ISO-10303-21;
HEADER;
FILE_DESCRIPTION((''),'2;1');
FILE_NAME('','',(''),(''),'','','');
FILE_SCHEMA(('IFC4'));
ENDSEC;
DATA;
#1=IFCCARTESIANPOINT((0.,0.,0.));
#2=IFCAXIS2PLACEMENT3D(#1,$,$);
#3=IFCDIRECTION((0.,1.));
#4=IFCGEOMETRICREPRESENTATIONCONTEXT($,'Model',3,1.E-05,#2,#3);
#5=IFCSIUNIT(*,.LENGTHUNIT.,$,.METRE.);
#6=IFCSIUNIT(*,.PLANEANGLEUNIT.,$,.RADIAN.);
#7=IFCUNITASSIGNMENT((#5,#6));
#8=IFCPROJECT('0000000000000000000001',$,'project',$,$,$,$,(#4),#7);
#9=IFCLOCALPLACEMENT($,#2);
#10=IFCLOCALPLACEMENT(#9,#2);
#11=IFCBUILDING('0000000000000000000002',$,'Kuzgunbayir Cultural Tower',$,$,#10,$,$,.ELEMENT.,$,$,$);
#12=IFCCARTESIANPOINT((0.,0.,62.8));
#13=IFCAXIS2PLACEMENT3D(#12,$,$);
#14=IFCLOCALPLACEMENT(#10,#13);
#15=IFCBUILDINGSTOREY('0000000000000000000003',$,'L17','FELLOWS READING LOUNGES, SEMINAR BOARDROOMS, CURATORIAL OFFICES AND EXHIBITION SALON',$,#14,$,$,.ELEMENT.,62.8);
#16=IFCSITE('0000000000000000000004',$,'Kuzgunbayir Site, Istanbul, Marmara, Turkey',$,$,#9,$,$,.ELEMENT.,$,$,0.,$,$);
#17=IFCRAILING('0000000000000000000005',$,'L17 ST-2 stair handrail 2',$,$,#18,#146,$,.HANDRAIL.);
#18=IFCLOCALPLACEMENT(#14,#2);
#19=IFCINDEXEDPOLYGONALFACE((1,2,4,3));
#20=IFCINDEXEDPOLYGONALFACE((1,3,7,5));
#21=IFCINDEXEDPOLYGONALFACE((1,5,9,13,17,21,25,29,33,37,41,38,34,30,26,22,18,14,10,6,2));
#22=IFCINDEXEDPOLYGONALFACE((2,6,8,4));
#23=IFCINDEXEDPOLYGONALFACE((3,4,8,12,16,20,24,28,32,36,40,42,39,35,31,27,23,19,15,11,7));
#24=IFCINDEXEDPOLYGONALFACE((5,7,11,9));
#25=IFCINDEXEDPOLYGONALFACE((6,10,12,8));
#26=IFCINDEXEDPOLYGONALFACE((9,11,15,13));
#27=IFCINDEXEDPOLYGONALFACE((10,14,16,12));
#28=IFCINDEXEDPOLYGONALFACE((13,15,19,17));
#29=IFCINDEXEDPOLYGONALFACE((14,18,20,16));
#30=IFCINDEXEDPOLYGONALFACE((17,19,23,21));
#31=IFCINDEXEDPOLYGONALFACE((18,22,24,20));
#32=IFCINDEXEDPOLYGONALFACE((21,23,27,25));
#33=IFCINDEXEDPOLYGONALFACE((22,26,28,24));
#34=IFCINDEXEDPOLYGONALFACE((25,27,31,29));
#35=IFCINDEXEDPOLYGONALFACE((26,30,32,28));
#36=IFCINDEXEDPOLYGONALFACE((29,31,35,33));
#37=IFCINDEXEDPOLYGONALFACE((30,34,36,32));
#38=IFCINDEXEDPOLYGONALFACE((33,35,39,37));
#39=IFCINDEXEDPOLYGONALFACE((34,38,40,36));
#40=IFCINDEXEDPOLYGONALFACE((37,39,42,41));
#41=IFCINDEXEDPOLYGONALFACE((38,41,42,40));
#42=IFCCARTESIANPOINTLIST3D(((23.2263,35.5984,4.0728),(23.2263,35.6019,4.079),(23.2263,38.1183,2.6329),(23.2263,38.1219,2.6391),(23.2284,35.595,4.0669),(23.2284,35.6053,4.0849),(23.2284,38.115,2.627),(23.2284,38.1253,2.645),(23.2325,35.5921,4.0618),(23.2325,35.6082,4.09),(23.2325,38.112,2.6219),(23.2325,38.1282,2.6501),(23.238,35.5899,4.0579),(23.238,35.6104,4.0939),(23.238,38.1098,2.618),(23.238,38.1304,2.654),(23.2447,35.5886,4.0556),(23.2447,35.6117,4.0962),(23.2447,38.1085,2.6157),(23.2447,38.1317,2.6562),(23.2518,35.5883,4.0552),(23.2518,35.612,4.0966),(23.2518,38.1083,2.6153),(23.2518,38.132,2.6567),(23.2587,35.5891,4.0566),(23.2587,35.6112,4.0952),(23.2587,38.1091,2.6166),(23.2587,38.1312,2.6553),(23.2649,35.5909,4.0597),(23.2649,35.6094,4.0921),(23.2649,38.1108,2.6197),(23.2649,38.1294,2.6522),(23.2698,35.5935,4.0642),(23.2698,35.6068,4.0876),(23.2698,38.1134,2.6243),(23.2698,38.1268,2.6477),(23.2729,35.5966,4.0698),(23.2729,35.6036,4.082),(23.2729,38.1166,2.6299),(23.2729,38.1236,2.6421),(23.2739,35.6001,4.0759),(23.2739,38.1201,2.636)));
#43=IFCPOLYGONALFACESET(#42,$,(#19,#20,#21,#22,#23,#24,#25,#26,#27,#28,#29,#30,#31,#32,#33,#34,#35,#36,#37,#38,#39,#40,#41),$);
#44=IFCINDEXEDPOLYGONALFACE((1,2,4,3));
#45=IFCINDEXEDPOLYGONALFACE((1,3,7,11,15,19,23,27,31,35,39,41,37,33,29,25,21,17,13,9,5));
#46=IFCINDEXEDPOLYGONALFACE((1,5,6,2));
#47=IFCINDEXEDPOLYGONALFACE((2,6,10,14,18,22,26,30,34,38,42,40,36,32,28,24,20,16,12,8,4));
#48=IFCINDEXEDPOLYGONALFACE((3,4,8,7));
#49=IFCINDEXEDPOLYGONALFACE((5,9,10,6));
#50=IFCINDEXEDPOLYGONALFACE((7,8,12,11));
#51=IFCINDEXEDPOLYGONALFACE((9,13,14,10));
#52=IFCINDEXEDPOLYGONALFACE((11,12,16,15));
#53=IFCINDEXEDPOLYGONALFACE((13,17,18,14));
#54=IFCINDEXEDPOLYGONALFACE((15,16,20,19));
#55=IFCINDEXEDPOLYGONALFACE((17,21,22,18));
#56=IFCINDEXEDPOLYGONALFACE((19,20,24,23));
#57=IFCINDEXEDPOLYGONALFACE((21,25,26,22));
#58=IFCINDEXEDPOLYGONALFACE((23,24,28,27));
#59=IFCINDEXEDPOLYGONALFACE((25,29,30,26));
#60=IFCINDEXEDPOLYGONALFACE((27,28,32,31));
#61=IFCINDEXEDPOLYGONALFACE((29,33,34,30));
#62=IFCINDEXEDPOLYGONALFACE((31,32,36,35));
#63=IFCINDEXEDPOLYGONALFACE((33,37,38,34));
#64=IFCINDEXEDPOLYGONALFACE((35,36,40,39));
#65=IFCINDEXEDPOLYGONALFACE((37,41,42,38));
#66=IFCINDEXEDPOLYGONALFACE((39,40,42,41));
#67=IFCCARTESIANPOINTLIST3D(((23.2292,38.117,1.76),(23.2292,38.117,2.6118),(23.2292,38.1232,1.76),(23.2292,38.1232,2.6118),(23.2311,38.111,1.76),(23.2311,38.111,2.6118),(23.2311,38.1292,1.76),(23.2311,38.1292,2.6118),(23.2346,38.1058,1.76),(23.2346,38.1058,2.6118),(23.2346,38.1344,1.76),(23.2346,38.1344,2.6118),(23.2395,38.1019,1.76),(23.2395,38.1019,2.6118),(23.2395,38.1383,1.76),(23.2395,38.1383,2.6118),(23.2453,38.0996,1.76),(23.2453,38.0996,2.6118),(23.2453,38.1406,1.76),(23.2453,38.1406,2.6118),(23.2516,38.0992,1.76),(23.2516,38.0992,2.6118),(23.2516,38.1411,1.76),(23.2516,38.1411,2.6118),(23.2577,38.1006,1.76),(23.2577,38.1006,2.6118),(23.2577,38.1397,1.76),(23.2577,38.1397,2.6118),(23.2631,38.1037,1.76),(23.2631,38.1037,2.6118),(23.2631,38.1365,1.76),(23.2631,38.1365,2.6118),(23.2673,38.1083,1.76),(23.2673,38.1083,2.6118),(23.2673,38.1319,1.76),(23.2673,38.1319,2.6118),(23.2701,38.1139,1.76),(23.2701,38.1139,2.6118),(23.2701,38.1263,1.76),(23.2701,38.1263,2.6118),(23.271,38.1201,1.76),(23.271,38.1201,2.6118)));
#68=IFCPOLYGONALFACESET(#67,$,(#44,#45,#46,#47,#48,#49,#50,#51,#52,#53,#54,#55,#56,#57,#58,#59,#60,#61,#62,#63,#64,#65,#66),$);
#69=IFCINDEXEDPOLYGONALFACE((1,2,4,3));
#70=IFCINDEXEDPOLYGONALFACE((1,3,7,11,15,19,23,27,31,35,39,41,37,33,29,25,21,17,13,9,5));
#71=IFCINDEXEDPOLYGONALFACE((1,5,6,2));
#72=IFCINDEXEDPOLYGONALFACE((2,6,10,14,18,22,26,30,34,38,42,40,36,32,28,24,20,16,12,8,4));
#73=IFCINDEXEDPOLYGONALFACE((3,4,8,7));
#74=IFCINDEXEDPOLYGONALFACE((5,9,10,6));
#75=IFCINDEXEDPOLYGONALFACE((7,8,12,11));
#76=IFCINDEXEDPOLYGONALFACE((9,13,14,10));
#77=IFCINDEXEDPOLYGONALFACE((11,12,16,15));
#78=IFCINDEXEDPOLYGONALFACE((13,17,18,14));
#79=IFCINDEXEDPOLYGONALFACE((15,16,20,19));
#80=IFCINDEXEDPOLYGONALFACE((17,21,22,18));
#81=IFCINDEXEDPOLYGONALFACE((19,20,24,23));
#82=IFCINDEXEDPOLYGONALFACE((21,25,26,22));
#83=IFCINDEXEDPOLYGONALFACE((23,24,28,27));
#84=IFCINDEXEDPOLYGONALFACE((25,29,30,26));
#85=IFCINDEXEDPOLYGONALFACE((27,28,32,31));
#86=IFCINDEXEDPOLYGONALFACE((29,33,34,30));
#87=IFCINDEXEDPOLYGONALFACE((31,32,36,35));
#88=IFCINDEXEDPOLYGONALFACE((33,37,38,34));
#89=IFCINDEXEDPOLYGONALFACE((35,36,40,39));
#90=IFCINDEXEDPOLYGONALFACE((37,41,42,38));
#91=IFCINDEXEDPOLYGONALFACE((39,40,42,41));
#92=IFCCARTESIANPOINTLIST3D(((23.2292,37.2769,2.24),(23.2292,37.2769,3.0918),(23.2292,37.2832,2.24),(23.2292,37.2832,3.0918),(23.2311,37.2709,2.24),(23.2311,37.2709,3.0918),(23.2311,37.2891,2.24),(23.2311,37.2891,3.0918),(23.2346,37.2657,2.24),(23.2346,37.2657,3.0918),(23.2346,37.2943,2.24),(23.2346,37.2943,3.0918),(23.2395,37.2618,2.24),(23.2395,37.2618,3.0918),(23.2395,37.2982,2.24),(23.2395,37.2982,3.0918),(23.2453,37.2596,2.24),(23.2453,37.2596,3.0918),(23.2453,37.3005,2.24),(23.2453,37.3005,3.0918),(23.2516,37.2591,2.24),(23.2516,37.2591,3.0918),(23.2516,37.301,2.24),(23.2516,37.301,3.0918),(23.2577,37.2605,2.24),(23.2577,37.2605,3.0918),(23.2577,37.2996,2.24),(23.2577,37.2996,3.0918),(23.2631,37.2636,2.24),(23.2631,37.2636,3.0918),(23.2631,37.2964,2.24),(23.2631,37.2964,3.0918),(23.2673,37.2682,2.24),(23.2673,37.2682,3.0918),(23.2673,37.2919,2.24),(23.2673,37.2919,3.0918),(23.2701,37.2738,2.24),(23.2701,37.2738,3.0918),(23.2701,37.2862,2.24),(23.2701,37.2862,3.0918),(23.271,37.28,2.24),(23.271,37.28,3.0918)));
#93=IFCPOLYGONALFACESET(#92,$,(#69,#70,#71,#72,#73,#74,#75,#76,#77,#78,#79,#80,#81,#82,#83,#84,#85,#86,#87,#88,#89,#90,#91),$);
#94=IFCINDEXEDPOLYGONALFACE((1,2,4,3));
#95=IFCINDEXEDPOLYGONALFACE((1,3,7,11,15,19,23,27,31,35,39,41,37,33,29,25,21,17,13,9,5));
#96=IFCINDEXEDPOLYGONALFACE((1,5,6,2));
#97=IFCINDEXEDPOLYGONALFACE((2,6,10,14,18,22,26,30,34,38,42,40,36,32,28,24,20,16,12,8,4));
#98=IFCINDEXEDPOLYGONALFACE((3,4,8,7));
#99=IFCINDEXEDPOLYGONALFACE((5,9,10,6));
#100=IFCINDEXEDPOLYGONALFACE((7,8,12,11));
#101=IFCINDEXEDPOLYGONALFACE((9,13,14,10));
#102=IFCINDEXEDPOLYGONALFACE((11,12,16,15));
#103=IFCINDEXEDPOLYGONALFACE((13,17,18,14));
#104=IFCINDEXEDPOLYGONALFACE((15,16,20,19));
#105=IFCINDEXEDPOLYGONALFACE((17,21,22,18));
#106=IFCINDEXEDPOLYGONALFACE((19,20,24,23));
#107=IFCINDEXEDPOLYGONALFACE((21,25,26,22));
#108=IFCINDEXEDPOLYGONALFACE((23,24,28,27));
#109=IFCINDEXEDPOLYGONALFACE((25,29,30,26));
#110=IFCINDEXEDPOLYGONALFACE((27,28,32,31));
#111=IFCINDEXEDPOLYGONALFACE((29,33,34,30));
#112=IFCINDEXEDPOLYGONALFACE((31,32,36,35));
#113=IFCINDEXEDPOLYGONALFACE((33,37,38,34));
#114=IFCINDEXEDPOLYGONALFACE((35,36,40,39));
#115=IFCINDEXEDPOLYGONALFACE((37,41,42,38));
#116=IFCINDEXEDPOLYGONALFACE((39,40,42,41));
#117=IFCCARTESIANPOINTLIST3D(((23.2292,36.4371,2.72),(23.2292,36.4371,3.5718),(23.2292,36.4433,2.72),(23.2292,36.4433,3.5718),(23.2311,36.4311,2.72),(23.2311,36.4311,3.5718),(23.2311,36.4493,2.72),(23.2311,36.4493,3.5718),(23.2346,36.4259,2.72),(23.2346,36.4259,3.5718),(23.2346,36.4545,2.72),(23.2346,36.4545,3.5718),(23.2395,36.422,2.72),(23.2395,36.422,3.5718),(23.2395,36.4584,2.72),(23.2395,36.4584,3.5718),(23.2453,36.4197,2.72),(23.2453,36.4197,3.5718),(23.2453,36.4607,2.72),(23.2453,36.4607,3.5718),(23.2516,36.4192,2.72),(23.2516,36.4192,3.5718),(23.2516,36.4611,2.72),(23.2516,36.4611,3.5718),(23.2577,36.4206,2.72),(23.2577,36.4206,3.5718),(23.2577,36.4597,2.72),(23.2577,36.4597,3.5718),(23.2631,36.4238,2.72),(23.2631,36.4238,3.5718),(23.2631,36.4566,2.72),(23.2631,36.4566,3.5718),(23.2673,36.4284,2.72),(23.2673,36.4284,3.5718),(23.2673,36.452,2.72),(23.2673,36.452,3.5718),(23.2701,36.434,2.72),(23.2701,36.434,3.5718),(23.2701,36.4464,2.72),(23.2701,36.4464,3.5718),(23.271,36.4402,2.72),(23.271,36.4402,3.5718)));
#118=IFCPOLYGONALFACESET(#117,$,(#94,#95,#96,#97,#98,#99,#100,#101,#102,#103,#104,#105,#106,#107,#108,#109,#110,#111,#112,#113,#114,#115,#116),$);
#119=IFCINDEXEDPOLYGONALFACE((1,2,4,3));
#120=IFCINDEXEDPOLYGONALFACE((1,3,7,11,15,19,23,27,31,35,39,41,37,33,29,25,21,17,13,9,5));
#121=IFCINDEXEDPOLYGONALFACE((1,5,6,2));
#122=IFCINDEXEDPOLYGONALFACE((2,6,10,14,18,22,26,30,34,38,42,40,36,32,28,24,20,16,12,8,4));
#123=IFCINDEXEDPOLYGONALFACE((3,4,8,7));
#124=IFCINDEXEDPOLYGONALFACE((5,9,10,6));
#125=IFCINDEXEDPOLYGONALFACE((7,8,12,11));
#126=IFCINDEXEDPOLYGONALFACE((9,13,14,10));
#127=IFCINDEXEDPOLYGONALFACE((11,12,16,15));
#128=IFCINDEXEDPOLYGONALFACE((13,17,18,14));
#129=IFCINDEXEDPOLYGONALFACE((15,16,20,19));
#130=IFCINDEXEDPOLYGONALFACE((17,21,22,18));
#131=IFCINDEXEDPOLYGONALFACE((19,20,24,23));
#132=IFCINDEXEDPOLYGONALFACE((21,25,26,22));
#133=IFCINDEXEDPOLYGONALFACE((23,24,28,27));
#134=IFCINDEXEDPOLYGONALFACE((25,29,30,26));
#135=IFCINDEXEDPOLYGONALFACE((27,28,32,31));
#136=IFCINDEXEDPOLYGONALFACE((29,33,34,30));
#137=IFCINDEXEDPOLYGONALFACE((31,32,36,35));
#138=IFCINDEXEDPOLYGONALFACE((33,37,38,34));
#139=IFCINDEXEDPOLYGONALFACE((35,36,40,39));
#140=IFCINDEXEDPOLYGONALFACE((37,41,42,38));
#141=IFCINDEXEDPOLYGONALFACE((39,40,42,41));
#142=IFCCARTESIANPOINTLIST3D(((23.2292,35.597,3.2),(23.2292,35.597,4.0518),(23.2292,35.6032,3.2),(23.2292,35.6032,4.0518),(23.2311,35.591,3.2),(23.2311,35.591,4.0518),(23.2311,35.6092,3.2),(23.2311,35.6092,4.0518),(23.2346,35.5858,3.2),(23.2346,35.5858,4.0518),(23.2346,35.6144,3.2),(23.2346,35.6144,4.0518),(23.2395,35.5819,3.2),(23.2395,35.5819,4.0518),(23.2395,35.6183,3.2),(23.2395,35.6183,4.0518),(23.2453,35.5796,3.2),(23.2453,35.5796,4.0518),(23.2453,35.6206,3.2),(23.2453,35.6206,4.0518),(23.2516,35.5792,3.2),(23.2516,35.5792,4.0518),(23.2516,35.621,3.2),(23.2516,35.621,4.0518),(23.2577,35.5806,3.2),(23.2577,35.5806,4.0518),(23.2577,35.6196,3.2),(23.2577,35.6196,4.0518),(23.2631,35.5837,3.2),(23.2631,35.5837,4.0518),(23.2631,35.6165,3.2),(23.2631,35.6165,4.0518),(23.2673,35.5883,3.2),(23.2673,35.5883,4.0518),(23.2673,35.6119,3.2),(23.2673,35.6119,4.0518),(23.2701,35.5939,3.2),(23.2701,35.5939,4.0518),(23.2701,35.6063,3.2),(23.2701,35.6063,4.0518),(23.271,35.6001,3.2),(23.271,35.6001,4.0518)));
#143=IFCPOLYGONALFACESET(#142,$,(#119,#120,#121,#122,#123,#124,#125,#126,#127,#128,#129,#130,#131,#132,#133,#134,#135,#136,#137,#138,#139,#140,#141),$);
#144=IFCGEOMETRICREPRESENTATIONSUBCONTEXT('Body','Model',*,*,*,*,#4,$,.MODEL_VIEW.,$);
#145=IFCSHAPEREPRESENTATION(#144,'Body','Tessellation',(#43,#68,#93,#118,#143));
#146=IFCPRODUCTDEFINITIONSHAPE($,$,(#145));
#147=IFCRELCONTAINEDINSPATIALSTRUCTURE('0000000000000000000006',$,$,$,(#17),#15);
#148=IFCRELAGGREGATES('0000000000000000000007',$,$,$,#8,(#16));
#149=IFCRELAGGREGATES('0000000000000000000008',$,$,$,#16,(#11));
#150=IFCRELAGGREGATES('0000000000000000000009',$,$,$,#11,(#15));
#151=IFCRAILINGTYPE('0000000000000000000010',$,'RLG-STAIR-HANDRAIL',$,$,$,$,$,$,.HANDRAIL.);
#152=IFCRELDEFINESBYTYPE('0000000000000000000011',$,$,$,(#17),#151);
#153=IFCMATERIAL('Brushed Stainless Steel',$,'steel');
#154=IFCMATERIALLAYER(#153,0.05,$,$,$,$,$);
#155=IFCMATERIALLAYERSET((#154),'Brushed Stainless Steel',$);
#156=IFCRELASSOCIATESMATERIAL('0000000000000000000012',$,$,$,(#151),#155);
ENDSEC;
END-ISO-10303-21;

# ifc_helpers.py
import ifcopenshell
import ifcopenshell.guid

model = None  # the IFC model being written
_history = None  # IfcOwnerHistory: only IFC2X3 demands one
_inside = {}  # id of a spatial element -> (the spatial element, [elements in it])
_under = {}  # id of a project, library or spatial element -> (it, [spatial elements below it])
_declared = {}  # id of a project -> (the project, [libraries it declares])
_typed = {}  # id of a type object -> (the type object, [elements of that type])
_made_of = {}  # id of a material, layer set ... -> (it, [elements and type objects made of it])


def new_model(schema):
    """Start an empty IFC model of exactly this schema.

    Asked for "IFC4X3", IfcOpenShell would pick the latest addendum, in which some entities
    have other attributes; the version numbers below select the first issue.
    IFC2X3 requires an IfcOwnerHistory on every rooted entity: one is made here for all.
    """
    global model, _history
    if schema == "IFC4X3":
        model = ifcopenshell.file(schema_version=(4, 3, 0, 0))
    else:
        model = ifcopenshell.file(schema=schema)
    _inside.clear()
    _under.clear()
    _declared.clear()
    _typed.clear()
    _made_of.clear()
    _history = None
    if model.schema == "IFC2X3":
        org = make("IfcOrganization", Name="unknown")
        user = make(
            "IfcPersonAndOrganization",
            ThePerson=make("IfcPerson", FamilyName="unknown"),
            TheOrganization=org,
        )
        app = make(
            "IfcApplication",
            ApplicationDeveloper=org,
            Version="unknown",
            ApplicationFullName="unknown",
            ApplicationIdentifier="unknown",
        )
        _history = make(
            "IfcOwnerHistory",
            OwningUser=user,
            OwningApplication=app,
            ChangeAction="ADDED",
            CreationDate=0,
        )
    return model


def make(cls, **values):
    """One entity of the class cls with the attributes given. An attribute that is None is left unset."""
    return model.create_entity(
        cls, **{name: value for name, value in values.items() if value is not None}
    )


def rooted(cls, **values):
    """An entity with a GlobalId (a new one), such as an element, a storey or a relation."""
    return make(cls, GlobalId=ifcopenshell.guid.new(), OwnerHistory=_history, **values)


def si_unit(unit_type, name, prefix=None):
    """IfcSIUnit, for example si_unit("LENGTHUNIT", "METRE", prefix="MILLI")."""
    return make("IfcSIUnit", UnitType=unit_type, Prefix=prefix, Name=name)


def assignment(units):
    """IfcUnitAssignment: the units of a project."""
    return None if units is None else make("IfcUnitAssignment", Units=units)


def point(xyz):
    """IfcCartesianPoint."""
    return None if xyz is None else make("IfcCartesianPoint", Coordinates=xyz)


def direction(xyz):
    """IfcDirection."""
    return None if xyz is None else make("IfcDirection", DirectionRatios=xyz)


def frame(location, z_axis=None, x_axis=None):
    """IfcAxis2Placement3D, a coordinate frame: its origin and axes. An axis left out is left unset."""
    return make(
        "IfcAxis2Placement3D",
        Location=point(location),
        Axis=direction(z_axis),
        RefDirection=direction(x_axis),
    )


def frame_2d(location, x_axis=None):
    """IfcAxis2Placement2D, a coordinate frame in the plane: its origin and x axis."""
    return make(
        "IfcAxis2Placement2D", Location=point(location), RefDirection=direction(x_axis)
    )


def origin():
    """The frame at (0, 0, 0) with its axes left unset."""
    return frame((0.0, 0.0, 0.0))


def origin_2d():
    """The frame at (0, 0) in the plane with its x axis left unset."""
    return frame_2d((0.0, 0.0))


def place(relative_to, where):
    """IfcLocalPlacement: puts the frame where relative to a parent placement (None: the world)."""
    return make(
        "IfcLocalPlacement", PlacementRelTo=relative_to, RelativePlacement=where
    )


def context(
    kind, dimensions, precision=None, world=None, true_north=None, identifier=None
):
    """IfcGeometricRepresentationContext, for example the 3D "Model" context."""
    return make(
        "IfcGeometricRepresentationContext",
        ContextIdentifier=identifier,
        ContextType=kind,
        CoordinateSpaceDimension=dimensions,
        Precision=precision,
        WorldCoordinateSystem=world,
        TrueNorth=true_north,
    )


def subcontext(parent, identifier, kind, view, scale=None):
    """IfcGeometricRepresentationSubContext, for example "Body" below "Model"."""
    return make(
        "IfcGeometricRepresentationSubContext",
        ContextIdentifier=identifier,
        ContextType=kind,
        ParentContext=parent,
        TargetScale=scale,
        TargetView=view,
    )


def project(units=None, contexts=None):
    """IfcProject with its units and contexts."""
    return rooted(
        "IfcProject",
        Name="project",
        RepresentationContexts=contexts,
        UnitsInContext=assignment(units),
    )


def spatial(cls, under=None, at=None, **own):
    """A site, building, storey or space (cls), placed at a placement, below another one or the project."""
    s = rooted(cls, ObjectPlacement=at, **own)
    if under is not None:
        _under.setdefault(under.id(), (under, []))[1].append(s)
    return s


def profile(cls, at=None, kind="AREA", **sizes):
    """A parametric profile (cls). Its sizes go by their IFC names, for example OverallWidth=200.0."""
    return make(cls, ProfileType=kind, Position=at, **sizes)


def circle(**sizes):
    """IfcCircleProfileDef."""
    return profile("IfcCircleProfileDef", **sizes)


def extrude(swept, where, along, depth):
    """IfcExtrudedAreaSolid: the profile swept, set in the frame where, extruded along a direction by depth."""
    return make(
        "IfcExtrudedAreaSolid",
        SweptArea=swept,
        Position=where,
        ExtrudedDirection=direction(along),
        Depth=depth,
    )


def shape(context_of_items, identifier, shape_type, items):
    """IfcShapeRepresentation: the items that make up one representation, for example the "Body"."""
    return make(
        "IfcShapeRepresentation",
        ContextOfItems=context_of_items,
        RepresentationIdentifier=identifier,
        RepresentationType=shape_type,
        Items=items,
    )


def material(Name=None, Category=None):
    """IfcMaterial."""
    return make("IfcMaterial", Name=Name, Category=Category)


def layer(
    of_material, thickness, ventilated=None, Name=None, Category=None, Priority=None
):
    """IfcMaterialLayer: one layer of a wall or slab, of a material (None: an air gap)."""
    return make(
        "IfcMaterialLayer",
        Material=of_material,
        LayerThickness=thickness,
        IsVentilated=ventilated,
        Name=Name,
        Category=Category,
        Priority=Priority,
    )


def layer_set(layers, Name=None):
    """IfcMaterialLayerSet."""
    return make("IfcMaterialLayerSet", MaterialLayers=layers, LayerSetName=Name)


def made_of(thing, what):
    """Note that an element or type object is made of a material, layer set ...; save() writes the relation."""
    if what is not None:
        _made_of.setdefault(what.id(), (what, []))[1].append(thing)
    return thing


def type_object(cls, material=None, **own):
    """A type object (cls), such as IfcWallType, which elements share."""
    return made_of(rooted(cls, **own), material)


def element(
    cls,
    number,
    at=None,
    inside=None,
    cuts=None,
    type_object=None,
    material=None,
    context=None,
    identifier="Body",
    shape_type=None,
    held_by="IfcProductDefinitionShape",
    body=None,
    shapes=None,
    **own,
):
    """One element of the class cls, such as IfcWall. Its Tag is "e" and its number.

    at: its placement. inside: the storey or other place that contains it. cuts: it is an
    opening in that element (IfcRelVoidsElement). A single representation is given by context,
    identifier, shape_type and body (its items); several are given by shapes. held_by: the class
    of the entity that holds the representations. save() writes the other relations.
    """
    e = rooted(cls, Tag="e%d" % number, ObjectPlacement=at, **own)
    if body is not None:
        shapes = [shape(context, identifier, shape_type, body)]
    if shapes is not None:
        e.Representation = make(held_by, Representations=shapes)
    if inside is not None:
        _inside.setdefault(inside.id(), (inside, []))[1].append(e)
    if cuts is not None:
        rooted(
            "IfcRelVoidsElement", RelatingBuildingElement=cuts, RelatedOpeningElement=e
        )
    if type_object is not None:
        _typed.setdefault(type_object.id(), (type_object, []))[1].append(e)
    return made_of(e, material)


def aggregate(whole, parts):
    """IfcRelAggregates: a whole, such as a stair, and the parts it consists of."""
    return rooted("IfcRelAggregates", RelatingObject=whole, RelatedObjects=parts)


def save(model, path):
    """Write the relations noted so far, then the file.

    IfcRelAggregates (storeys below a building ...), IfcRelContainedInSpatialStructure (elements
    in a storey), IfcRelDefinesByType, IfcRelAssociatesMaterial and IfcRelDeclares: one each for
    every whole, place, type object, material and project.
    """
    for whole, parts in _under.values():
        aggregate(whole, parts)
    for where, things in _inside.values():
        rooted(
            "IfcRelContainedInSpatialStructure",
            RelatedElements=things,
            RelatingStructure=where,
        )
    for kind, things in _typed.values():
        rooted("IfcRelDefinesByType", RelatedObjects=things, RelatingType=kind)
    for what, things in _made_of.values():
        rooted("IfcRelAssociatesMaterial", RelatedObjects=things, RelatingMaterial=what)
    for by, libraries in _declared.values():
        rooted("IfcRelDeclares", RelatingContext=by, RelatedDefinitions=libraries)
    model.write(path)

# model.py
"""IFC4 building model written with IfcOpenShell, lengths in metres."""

from ifc_helpers import new_model, si_unit, direction, frame, origin, origin_2d, place, context, subcontext, project, spatial, circle, extrude, material, layer, layer_set, type_object, element, save


model = new_model("IFC4")

# Units and contexts
model_context = context("Model", 3, precision=1e-05, world=origin(), true_north=direction((0.0, 1.0)))
body_context = subcontext(model_context, "Body", "Model", "MODEL_VIEW")
ifc_project = project(units=[si_unit("LENGTHUNIT", "METRE"), si_unit("PLANEANGLEUNIT", "RADIAN")], contexts=[model_context])

# Site, building, storey
site_placement = place(None, origin())
site = spatial("IfcSite", under=ifc_project, at=site_placement, Name="Kuzgunbayir Site, Istanbul, Marmara, Turkey", CompositionType="ELEMENT", RefElevation=0.0)
building_placement = place(site_placement, origin())
building = spatial("IfcBuilding", under=site, at=building_placement, Name="Kuzgunbayir Cultural Tower", CompositionType="ELEMENT")
storey_placement = place(building_placement, frame((0.0, 0.0, 62.8)))
storey = spatial("IfcBuildingStorey", under=building, at=storey_placement, Name="L17", Description="FELLOWS READING LOUNGES, SEMINAR BOARDROOMS, CURATORIAL OFFICES AND EXHIBITION SALON", CompositionType="ELEMENT", Elevation=62.8)

# Railing
ifc_material_1 = material(Name="Brushed Stainless Steel", Category="steel")
ifc_layer_1 = layer(ifc_material_1, 0.05)
ifc_layer_set_1 = layer_set([ifc_layer_1], Name="Brushed Stainless Steel")
railing_type_1 = type_object("IfcRailingType", Name="RLG-STAIR-HANDRAIL", PredefinedType="HANDRAIL", material=ifc_layer_set_1)
railing_1_placement = place(storey_placement, frame((23.25, 38.1201, 1.76)))
element("IfcRailing", 1, at=railing_1_placement, inside=storey, type_object=railing_type_1, Name="L17 ST-2 stair handrail 2", PredefinedType="HANDRAIL", context=body_context, shape_type="SweptSolid", body=[
    extrude(circle(Radius=0.0239, at=origin_2d()), frame((0.0, 0.0, 0.876), z_axis=(0.0, -0.868253, 0.496121), x_axis=(1.0, 0.0, 0.0)), (0.0, 0.0, 1.0), 2.9023),
    extrude(circle(Radius=0.021, at=origin_2d()), origin(), (0.0, 0.0, 1.0), 0.8518),
    extrude(circle(Radius=0.021, at=origin_2d()), frame((0.0, -0.8401, 0.48)), (0.0, 0.0, 1.0), 0.8518),
    extrude(circle(Radius=0.021, at=origin_2d()), frame((0.0, -1.6799, 0.96)), (0.0, 0.0, 1.0), 0.8518),
    extrude(circle(Radius=0.021, at=origin_2d()), frame((0.0, -2.52, 1.4399)), (0.0, 0.0, 1.0), 0.8518),
])

save(model, "model.ifc")
